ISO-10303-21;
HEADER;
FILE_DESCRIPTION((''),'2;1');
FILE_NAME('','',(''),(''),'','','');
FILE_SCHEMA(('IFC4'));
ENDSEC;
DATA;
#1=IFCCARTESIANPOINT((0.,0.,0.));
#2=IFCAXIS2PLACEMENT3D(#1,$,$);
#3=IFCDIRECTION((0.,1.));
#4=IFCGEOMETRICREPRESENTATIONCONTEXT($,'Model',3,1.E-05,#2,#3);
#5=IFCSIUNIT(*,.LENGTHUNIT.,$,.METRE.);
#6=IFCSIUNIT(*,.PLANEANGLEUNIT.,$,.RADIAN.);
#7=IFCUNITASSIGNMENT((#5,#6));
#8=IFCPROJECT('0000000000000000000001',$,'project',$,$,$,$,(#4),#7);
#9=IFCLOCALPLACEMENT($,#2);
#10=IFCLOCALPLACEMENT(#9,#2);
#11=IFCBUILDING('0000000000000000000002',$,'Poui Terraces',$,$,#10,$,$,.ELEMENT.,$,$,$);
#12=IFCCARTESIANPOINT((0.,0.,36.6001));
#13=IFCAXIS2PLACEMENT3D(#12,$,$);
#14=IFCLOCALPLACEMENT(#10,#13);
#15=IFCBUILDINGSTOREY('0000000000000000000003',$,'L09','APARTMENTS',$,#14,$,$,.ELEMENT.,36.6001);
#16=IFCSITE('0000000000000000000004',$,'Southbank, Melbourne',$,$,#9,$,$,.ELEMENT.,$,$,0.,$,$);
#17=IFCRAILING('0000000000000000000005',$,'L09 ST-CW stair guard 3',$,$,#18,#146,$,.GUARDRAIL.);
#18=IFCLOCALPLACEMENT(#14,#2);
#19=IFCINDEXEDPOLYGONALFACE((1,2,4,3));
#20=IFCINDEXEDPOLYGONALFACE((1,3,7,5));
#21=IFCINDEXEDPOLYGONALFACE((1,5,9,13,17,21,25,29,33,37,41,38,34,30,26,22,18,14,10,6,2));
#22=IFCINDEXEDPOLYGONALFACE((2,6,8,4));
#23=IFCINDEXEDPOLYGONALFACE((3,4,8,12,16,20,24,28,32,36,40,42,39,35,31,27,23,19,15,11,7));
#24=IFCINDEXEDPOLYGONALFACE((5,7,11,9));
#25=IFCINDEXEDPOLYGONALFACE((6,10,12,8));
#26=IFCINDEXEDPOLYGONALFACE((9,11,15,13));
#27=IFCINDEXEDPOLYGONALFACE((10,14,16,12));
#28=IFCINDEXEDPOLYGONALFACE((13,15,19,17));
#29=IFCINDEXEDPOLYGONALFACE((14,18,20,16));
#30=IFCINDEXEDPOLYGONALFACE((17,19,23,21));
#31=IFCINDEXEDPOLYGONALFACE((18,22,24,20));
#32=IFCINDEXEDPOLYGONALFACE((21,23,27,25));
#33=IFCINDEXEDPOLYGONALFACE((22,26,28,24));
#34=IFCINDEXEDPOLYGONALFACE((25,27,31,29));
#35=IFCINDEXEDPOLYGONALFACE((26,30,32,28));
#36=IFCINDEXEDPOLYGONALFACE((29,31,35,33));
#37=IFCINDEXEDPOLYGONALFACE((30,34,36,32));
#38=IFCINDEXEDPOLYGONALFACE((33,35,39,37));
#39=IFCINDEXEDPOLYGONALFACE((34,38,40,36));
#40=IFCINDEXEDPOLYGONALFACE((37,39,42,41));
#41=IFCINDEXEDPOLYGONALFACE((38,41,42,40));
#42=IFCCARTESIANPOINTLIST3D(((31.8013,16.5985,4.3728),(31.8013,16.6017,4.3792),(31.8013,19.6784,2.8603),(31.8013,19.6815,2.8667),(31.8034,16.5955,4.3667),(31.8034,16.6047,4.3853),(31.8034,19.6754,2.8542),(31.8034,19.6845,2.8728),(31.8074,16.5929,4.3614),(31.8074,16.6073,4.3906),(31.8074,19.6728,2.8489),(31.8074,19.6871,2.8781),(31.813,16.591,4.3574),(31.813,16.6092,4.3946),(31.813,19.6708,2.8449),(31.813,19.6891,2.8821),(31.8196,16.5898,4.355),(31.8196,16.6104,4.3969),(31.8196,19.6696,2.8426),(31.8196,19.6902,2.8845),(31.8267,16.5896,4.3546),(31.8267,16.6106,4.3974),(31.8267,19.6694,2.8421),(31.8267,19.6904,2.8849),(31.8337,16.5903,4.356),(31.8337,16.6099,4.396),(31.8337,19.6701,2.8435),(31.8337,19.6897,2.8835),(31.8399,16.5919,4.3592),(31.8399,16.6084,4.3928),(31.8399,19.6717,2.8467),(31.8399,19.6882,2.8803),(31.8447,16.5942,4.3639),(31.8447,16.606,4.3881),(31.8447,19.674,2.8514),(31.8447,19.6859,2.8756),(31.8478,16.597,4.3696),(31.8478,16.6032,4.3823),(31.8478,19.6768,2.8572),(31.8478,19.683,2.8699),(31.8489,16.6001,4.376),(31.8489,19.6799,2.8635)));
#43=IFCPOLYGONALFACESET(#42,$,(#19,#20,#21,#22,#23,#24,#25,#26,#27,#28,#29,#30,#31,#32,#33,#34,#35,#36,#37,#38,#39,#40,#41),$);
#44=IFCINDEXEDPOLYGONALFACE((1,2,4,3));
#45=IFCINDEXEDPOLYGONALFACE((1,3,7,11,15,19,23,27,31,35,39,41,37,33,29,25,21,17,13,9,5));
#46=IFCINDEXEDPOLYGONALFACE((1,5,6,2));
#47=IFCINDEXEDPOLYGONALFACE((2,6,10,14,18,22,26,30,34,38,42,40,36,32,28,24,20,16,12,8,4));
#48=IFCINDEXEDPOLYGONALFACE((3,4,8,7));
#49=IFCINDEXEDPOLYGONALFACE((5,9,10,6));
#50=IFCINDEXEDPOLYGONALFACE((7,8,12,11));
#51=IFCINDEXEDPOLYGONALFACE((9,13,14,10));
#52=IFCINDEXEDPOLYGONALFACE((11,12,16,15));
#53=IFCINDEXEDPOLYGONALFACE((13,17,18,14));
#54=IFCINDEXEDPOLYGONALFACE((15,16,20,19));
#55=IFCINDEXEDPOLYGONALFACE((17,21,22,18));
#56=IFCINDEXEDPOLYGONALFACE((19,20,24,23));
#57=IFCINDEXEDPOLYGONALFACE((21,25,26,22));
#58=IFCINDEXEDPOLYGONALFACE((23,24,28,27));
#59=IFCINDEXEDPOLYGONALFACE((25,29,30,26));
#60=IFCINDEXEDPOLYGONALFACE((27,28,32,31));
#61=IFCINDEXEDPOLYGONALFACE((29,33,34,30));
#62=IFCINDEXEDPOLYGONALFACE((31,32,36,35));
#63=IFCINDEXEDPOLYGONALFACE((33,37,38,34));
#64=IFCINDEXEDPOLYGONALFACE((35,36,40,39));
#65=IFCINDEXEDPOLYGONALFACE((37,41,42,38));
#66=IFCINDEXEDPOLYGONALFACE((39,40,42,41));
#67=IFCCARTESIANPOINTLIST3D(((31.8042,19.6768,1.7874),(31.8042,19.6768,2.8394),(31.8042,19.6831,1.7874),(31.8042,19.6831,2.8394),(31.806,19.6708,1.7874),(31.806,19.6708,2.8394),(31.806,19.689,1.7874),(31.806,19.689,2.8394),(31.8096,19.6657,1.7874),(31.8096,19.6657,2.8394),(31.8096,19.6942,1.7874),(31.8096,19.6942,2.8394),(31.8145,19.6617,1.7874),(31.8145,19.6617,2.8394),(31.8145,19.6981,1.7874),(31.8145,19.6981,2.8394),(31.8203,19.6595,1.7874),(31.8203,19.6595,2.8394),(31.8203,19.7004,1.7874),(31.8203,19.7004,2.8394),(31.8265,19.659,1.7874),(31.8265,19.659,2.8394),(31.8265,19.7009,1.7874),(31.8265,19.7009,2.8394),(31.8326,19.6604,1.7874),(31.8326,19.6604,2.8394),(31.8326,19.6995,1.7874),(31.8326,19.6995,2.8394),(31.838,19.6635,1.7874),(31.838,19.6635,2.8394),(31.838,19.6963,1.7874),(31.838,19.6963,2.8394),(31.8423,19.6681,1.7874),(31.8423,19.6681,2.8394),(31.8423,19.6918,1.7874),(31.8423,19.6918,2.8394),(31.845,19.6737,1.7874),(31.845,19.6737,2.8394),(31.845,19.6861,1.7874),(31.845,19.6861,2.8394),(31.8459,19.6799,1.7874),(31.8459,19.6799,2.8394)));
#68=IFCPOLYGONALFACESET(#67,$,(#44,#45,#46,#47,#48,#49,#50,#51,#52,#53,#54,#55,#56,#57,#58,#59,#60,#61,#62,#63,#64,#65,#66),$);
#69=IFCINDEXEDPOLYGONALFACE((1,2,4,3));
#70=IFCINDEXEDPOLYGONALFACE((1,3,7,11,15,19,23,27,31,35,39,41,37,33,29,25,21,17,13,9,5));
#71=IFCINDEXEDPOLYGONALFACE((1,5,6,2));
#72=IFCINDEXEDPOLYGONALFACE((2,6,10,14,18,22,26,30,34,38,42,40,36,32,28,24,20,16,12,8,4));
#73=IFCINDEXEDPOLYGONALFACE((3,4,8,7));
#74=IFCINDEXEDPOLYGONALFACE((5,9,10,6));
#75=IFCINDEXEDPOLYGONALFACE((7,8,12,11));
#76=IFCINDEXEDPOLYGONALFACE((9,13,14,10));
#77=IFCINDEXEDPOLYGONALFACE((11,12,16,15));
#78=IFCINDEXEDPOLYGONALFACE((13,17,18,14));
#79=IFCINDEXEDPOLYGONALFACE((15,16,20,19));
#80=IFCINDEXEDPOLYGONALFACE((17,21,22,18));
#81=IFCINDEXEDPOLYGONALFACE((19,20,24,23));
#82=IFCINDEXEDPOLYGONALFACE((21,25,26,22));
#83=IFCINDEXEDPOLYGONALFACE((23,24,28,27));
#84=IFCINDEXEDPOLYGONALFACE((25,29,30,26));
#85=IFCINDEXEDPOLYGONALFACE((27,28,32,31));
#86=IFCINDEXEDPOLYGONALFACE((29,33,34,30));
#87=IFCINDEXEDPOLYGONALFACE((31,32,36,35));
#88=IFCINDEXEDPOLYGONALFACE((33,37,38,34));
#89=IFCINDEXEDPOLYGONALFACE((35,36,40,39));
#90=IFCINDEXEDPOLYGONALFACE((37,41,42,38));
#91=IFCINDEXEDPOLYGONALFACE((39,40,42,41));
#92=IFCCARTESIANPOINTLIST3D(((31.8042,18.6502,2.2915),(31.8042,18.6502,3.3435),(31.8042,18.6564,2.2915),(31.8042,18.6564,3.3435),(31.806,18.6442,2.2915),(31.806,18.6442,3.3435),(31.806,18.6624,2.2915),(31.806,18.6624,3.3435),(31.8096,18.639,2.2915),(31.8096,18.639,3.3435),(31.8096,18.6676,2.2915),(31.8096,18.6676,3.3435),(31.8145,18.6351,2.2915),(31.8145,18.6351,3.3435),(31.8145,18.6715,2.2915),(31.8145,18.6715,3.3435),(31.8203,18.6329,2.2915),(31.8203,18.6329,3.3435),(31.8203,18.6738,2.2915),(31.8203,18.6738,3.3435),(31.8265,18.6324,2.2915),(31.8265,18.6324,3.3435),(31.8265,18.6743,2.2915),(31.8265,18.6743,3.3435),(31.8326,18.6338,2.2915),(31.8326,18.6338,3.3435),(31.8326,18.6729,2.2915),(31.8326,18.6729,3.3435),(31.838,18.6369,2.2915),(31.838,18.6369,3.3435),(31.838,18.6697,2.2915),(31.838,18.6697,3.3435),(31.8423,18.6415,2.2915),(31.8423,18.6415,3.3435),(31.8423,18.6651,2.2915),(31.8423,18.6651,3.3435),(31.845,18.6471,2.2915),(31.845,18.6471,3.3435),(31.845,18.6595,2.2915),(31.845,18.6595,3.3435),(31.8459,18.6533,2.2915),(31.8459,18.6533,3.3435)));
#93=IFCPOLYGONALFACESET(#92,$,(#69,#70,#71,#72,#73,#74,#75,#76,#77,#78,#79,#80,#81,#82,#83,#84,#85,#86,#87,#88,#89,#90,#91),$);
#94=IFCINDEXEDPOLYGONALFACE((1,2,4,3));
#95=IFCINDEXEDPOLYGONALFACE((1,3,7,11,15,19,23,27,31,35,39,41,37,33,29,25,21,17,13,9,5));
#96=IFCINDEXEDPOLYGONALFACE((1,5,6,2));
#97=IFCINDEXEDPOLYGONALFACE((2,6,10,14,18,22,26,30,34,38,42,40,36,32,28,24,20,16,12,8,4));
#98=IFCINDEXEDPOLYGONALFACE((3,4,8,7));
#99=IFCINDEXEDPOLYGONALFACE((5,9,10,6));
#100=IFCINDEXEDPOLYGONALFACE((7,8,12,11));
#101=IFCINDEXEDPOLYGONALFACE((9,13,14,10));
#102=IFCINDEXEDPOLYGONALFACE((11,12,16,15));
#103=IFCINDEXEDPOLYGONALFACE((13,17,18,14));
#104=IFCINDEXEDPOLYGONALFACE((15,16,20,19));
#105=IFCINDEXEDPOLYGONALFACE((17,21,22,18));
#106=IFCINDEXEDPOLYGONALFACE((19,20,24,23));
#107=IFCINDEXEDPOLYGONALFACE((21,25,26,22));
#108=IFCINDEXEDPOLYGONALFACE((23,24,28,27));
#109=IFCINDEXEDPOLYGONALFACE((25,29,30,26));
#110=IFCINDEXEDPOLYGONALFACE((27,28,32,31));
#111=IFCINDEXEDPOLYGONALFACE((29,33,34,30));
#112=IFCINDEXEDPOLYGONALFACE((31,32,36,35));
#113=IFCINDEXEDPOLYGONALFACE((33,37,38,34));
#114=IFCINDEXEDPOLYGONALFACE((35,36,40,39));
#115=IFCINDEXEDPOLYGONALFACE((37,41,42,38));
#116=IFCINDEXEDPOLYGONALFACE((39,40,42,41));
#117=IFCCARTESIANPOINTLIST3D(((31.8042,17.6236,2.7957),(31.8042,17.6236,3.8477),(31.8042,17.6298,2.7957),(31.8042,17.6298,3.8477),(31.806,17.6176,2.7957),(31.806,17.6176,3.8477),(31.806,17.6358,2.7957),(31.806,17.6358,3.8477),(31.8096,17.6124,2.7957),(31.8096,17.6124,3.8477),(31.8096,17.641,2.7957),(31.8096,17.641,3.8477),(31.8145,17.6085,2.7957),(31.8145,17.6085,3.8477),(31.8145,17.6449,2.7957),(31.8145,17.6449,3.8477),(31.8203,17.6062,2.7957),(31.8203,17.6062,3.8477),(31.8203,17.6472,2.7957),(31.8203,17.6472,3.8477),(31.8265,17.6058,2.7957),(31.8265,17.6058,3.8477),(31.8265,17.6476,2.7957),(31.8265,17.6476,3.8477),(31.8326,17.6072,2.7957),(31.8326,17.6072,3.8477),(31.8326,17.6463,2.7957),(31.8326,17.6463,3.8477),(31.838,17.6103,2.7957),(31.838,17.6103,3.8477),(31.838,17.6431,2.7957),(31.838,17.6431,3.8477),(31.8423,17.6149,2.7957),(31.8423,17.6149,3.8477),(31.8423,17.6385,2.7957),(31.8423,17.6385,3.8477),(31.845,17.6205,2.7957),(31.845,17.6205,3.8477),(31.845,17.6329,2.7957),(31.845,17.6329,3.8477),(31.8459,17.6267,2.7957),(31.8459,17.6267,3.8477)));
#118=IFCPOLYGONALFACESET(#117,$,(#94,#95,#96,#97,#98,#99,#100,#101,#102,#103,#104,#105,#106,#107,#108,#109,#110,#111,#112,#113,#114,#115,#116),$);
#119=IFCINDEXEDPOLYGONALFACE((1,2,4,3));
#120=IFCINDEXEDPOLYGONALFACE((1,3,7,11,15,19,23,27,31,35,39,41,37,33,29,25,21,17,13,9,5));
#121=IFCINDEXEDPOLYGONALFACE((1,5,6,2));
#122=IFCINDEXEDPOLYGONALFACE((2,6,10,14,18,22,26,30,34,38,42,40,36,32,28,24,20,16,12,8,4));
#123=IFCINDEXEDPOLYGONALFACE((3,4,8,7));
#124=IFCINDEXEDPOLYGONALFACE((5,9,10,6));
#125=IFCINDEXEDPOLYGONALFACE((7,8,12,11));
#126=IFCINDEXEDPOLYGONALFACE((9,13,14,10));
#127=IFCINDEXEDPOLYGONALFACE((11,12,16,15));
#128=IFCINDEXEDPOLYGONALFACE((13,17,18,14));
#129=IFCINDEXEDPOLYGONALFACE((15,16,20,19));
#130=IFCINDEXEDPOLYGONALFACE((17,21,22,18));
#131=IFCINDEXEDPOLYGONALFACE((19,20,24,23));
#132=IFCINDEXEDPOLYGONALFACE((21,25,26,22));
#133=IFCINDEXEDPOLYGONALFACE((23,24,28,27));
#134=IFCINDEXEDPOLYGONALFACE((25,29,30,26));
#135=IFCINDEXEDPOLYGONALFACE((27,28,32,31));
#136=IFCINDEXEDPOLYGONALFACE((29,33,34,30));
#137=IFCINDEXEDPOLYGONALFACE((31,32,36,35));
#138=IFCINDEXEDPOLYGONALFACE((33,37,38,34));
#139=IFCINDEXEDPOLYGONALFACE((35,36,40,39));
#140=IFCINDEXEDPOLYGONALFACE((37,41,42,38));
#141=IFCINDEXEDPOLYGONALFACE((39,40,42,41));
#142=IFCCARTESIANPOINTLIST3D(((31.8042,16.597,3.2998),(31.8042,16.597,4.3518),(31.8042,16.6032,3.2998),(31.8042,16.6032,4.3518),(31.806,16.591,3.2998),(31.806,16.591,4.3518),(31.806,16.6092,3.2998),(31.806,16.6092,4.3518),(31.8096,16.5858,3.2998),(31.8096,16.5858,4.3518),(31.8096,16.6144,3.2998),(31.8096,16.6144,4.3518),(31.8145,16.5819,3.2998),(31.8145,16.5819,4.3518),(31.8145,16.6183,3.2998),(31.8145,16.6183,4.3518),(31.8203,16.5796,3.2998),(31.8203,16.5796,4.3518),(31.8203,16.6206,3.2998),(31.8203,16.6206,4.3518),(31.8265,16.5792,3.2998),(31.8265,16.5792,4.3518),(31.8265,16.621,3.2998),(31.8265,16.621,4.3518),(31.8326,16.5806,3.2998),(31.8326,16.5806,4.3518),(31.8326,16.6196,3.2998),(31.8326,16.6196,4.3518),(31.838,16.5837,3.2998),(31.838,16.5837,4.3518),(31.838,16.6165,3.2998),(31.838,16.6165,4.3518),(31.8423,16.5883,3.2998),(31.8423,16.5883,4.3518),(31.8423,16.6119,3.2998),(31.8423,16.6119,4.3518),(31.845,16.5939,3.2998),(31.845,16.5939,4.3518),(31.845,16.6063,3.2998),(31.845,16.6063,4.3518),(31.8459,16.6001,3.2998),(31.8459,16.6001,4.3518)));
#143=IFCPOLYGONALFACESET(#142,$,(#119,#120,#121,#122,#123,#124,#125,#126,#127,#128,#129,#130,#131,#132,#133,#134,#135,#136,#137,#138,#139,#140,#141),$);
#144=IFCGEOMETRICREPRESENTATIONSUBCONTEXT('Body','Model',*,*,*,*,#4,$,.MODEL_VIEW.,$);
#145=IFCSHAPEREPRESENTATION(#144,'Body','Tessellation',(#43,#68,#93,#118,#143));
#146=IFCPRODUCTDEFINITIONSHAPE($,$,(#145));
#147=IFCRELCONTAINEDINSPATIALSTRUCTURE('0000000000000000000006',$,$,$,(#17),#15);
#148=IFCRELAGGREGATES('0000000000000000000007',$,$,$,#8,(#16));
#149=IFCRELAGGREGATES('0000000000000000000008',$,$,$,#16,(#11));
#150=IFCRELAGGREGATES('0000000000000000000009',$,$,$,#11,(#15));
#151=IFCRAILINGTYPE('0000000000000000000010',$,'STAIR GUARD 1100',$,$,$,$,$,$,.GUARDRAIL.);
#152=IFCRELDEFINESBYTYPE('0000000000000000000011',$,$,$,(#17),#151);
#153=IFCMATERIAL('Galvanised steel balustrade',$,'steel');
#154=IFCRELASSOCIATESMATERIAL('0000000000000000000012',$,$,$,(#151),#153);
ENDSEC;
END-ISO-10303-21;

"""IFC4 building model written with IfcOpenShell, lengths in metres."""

from ifc_helpers import new_model, si_unit, direction, frame, origin, origin_2d, place, context, subcontext, project, spatial, circle, extrude, material, type_object, element, save


model = new_model("IFC4")

# Units and contexts
model_context = context("Model", 3, precision=1e-05, world=origin(), true_north=direction((0.0, 1.0)))
body_context = subcontext(model_context, "Body", "Model", "MODEL_VIEW")
ifc_project = project(units=[si_unit("LENGTHUNIT", "METRE"), si_unit("PLANEANGLEUNIT", "RADIAN")], contexts=[model_context])

# Site, building, storey
site_placement = place(None, origin())
site = spatial("IfcSite", under=ifc_project, at=site_placement, Name="Southbank, Melbourne", CompositionType="ELEMENT", RefElevation=0.0)
building_placement = place(site_placement, origin())
building = spatial("IfcBuilding", under=site, at=building_placement, Name="Poui Terraces", CompositionType="ELEMENT")
storey_placement = place(building_placement, frame((0.0, 0.0, 36.6001)))
storey = spatial("IfcBuildingStorey", under=building, at=storey_placement, Name="L09", Description="APARTMENTS", CompositionType="ELEMENT", Elevation=36.6001)

# Railing
ifc_material_1 = material(Name="Galvanised steel balustrade", Category="steel")
railing_type_1 = type_object("IfcRailingType", Name="STAIR GUARD 1100", PredefinedType="GUARDRAIL", material=ifc_material_1)
railing_1_placement = place(storey_placement, frame((31.825, 19.6799, 1.7874)))
element("IfcRailing", 1, at=railing_1_placement, inside=storey, type_object=railing_type_1, Name="L09 ST-CW stair guard 3", PredefinedType="GUARDRAIL", context=body_context, shape_type="SweptSolid", body=[
    extrude(circle(Radius=0.0239, at=origin_2d()), frame((0.0, 0.0, 1.0762), z_axis=(0.0, -0.897606, 0.440798), x_axis=(1.0, 0.0, 0.0)), (0.0, 0.0, 1.0), 3.4312),
    extrude(circle(Radius=0.021, at=origin_2d()), origin(), (0.0, 0.0, 1.0), 1.052),
    extrude(circle(Radius=0.021, at=origin_2d()), frame((0.0, -1.0266, 0.5042)), (0.0, 0.0, 1.0), 1.052),
    extrude(circle(Radius=0.021, at=origin_2d()), frame((0.0, -2.0532, 1.0083)), (0.0, 0.0, 1.0), 1.052),
    extrude(circle(Radius=0.021, at=origin_2d()), frame((0.0, -3.0798, 1.5125)), (0.0, 0.0, 1.0), 1.052),
])

save(model, "model.ifc")
